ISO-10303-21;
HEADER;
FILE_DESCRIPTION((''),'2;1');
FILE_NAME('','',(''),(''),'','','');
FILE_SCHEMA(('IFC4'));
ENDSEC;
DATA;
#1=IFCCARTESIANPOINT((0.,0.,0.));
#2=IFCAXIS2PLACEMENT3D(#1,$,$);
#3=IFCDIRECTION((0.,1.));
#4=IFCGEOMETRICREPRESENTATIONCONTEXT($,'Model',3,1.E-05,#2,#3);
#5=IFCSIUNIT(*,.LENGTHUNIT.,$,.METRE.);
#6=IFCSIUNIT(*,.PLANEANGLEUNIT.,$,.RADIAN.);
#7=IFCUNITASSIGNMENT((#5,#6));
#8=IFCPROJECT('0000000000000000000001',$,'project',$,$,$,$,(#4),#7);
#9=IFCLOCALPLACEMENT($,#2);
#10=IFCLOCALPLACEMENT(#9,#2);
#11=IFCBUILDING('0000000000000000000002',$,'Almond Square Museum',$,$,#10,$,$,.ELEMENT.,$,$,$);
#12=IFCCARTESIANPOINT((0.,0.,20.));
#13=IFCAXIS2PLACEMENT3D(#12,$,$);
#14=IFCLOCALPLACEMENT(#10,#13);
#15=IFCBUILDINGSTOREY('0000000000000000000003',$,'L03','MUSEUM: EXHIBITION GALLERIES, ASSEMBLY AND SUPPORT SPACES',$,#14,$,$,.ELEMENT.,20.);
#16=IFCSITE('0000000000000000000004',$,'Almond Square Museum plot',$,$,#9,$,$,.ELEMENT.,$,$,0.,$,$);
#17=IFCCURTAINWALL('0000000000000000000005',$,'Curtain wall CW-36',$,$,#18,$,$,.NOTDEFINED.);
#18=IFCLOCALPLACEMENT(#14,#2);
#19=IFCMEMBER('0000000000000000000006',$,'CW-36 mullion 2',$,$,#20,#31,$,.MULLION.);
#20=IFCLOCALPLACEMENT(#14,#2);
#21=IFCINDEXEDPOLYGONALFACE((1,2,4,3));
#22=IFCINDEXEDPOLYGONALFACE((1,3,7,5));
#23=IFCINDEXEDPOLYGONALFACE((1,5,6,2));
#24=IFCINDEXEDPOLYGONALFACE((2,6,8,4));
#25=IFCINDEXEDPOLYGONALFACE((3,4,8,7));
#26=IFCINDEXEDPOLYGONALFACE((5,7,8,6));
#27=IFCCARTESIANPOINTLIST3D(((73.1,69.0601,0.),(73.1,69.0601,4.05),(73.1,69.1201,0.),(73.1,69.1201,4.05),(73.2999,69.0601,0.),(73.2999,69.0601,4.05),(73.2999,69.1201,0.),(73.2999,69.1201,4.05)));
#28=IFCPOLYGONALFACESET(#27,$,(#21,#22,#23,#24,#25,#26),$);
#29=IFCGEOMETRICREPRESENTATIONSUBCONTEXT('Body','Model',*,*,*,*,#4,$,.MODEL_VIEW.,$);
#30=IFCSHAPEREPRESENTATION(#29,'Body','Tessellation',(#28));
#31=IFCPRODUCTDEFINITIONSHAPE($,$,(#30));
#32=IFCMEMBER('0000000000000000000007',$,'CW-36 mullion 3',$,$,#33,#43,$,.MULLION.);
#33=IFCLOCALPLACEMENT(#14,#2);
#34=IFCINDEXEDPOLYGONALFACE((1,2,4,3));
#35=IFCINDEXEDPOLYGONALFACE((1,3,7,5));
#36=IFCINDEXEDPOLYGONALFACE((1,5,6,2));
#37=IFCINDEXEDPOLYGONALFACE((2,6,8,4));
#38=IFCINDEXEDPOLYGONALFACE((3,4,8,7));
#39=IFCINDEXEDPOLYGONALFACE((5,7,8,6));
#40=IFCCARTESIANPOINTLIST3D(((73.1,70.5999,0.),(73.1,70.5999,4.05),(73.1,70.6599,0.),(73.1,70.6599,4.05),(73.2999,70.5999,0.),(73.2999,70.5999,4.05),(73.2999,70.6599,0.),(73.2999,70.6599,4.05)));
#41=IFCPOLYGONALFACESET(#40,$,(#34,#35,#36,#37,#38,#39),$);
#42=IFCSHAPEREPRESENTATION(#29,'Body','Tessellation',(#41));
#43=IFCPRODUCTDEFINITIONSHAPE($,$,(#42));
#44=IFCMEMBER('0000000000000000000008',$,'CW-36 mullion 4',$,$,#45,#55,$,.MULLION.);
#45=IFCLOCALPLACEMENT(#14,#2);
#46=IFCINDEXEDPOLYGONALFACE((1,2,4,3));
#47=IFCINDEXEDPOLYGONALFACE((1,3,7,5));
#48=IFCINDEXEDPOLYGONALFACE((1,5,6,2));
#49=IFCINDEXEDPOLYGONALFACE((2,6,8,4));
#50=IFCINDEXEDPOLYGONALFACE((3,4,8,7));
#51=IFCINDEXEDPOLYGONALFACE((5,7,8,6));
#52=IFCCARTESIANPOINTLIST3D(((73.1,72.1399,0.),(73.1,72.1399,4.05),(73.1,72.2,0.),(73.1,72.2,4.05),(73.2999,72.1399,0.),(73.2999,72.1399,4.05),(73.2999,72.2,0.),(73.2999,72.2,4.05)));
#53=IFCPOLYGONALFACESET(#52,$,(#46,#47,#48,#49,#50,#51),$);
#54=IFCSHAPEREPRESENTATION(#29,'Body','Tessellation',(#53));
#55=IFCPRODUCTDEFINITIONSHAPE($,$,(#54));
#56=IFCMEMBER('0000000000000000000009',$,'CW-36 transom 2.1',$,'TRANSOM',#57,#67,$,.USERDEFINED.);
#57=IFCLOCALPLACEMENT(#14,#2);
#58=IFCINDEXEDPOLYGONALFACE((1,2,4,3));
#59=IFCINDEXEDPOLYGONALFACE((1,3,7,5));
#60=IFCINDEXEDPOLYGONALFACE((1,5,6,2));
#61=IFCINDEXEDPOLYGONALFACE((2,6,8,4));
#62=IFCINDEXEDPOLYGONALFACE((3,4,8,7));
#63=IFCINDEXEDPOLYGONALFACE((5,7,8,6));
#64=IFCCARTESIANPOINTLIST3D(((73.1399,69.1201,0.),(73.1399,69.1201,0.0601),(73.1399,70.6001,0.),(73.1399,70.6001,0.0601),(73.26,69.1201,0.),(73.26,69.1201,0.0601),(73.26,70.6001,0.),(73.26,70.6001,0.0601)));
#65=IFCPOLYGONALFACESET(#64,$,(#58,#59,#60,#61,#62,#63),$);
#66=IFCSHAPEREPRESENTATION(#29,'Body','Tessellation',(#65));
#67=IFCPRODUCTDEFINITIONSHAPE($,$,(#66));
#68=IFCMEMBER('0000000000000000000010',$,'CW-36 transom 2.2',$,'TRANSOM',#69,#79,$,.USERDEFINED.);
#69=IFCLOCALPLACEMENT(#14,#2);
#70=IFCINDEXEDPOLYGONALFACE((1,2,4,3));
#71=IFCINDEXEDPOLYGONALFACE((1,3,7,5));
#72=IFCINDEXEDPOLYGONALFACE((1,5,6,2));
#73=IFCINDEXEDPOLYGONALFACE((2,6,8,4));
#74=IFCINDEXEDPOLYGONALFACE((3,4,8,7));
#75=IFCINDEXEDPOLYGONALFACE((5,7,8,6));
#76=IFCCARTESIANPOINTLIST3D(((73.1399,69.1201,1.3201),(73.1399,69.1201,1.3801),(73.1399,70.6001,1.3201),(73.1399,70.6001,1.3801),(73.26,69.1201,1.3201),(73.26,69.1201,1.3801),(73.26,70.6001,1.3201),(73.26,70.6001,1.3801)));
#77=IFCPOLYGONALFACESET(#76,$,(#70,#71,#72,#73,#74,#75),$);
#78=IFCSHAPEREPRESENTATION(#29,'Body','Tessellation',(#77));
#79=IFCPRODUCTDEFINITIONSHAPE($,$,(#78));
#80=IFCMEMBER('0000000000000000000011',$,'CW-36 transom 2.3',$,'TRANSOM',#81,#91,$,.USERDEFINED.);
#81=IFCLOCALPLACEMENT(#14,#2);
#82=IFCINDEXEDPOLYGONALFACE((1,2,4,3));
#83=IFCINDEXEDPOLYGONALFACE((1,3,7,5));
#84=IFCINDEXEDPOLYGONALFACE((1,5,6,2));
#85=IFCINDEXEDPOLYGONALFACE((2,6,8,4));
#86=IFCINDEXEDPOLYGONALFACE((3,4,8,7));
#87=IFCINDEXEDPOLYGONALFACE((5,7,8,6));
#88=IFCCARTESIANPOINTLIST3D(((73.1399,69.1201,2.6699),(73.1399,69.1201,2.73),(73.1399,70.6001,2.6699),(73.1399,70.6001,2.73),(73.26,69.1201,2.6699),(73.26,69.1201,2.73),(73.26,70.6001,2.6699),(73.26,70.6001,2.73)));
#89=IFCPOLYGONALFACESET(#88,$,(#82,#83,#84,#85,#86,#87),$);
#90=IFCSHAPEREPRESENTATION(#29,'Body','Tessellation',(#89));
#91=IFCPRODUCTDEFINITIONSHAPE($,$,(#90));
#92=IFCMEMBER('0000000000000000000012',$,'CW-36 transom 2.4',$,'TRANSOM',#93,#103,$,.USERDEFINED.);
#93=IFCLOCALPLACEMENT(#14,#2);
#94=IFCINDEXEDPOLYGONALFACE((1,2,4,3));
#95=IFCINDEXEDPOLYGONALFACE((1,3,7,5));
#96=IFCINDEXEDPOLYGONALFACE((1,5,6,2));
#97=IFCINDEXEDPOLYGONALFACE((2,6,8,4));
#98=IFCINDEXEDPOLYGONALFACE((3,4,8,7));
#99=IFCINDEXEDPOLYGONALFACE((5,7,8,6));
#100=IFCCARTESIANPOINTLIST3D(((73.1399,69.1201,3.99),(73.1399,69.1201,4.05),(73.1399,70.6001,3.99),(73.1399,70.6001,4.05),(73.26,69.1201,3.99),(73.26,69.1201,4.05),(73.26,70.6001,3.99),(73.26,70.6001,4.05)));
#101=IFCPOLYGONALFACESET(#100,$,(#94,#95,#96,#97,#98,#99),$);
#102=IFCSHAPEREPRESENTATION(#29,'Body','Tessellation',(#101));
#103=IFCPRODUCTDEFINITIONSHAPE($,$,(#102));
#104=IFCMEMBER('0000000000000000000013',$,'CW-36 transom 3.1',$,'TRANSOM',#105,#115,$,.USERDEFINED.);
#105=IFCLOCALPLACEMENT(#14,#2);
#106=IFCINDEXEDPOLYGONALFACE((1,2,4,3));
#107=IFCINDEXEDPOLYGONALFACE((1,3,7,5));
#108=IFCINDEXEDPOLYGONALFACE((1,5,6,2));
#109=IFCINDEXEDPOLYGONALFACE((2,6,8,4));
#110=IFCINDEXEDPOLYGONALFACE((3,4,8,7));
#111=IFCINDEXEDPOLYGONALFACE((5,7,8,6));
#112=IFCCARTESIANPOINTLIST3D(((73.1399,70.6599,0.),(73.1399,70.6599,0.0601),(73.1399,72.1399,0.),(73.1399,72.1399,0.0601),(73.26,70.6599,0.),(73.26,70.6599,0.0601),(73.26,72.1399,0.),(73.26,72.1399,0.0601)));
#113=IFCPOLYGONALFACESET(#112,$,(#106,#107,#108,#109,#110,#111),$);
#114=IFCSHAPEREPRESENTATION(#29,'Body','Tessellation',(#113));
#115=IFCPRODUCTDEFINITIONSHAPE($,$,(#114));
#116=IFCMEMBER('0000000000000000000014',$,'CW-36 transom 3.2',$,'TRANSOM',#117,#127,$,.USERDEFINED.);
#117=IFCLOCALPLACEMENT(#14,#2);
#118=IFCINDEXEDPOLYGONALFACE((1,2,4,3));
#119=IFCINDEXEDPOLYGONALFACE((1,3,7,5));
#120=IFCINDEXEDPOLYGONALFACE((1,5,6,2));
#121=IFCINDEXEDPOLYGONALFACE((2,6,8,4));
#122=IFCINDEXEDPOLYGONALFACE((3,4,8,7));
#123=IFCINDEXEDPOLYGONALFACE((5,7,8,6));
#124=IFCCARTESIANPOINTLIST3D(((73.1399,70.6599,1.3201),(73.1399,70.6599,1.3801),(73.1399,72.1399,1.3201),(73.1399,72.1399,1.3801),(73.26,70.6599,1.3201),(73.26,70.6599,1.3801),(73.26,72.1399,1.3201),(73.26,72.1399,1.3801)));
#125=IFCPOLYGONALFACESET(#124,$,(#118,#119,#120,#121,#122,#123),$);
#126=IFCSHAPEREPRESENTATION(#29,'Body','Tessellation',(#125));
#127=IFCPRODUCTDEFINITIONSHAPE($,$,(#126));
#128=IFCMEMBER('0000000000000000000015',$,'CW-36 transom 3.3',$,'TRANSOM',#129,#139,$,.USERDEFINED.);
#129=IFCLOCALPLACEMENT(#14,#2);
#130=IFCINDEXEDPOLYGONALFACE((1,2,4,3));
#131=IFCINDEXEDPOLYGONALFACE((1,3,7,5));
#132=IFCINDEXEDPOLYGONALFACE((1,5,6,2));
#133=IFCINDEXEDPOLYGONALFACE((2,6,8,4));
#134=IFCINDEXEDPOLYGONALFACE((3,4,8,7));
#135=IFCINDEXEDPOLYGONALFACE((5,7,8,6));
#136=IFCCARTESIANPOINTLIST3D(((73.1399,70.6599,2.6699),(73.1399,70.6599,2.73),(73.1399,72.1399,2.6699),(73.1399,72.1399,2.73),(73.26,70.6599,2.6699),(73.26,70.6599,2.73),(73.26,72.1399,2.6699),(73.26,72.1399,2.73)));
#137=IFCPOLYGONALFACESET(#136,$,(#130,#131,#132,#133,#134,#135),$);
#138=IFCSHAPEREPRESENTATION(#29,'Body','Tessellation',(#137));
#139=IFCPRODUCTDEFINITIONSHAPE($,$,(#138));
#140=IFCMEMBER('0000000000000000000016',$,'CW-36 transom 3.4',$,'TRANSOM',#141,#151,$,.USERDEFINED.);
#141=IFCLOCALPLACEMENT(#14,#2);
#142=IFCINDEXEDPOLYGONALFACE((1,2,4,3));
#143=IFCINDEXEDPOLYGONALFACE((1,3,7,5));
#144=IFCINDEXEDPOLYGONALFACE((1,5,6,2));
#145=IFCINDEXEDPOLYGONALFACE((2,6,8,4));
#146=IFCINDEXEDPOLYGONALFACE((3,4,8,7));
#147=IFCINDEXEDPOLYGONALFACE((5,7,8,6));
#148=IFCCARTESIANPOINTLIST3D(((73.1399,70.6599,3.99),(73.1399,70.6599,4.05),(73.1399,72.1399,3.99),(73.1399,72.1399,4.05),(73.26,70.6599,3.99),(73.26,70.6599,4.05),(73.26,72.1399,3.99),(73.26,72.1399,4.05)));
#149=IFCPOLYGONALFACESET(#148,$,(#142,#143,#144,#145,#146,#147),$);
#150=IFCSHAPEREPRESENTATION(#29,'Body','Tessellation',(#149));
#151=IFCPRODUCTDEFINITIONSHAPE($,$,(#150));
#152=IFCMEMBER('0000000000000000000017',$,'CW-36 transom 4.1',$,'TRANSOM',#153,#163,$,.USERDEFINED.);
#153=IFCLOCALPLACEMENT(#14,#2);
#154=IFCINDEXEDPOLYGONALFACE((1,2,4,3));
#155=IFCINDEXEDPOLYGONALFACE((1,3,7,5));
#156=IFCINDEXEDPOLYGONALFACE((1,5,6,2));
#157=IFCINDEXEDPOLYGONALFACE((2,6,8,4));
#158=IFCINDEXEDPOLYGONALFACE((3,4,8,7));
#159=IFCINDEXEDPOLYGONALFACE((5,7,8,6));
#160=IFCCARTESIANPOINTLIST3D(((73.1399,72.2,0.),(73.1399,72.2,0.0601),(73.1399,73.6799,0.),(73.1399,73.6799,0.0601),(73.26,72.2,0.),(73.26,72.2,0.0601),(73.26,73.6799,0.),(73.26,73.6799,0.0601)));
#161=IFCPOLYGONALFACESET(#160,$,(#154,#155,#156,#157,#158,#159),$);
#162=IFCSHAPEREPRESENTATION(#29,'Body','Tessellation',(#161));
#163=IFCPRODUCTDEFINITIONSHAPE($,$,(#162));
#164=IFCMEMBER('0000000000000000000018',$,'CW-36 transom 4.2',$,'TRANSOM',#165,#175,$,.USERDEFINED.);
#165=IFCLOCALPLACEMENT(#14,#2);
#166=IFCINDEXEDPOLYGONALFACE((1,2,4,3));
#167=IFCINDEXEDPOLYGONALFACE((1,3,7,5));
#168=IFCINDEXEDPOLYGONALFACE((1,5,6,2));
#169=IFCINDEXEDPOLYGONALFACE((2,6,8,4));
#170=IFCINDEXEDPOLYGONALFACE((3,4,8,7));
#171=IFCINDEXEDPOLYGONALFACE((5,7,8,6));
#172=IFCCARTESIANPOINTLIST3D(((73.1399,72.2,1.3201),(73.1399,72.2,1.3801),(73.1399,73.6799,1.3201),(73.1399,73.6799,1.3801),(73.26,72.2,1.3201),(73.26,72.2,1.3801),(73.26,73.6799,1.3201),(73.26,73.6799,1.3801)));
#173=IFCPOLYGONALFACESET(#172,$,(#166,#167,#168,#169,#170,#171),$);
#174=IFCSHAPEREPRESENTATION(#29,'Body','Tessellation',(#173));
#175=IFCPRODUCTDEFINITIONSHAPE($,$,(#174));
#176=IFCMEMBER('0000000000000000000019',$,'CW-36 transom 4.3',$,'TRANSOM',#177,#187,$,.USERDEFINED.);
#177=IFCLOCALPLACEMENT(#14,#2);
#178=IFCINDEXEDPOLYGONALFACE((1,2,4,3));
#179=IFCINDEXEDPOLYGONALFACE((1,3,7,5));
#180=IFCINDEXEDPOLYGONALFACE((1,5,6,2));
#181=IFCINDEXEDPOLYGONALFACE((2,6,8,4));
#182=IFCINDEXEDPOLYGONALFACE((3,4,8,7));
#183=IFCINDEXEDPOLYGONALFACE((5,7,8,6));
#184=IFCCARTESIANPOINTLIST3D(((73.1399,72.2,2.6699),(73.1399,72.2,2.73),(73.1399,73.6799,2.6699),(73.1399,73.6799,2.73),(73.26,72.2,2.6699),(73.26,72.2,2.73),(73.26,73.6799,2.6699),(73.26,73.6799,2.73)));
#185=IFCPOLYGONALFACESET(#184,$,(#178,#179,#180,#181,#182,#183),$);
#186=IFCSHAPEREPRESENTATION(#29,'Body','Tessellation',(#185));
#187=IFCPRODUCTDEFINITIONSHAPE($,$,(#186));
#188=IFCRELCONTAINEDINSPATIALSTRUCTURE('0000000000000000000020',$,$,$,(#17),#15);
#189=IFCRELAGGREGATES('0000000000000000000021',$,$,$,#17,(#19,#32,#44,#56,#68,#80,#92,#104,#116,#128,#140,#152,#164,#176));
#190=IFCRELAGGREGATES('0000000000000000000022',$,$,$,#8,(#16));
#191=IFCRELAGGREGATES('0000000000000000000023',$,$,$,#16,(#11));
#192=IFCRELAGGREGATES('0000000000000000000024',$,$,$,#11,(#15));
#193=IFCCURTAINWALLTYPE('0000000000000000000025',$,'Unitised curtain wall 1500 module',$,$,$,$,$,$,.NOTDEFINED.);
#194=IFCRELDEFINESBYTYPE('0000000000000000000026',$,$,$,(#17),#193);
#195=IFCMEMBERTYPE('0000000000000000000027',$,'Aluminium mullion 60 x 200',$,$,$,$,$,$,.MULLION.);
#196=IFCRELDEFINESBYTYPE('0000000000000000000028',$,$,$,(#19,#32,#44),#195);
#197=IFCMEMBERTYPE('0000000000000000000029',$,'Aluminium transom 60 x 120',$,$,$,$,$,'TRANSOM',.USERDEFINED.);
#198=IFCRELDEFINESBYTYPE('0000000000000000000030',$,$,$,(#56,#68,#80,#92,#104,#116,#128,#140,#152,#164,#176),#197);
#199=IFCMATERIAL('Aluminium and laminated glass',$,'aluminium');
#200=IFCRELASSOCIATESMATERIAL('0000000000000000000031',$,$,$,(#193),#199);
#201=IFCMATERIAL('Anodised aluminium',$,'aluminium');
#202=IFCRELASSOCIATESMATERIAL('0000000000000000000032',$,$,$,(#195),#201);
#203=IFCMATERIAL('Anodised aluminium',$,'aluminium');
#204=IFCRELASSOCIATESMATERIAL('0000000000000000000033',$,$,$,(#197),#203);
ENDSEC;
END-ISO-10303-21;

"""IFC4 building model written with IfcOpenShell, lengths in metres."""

from ifc_helpers import new_model, si_unit, direction, frame, origin, origin_2d, place, context, subcontext, project, spatial, rectangle, extrude, material, material_profile, profile_set, type_object, element, aggregate, save


model = new_model("IFC4")

# Units and contexts
model_context = context("Model", 3, precision=1e-05, world=origin(), true_north=direction((0.0, 1.0)))
body_context = subcontext(model_context, "Body", "Model", "MODEL_VIEW")
ifc_project = project(units=[si_unit("LENGTHUNIT", "METRE"), si_unit("PLANEANGLEUNIT", "RADIAN")], contexts=[model_context])

# Site, building, storey
site_placement = place(None, origin())
site = spatial("IfcSite", under=ifc_project, at=site_placement, Name="Almond Square Museum plot", CompositionType="ELEMENT", RefElevation=0.0)
building_placement = place(site_placement, origin())
building = spatial("IfcBuilding", under=site, at=building_placement, Name="Almond Square Museum", CompositionType="ELEMENT")
storey_placement = place(building_placement, frame((0.0, 0.0, 20.0)))
storey = spatial("IfcBuildingStorey", under=building, at=storey_placement, Name="L03", Description="MUSEUM: EXHIBITION GALLERIES, ASSEMBLY AND SUPPORT SPACES", CompositionType="ELEMENT", Elevation=20.0)

# Curtain wall, members
ifc_material_1 = material(Name="Aluminium and laminated glass", Category="aluminium")
curtain_wall_type = type_object("IfcCurtainWallType", Name="Unitised curtain wall 1500 module", PredefinedType="NOTDEFINED", material=ifc_material_1)
curtain_wall_placement = place(storey_placement, origin())
curtain_wall = element("IfcCurtainWall", 1, at=curtain_wall_placement, inside=storey, type_object=curtain_wall_type, Name="Curtain wall CW-36", PredefinedType="NOTDEFINED")
ifc_material_2 = material(Name="Anodised aluminium", Category="aluminium")
ifc_material_profile_1 = material_profile(ifc_material_2, rectangle(XDim=0.2, YDim=0.0601, at=origin_2d()))
ifc_profile_set_1 = profile_set([ifc_material_profile_1], Name="Anodised aluminium")
member_type_1 = type_object("IfcMemberType", Name="Aluminium mullion 60 x 200", PredefinedType="MULLION", material=ifc_profile_set_1)
member_1_placement = place(storey_placement, frame((73.2, 69.0901, 0.0), z_axis=(0.0, 0.0, 1.0), x_axis=(-1.0, 0.0, 0.0)))
member_1 = element("IfcMember", 2, at=member_1_placement, type_object=member_type_1, Name="CW-36 mullion 2", PredefinedType="MULLION", context=body_context, shape_type="SweptSolid", body=[
    extrude(rectangle(XDim=0.2, YDim=0.0601, at=origin_2d()), origin(), (0.0, 0.0, 1.0), 4.05),
])
member_2_placement = place(storey_placement, frame((73.2, 70.6299, 0.0), z_axis=(0.0, 0.0, 1.0), x_axis=(-1.0, 0.0, 0.0)))
member_2 = element("IfcMember", 3, at=member_2_placement, type_object=member_type_1, Name="CW-36 mullion 3", PredefinedType="MULLION", context=body_context, shape_type="SweptSolid", body=[
    extrude(rectangle(XDim=0.2, YDim=0.0601, at=origin_2d()), origin(), (0.0, 0.0, 1.0), 4.05),
])
member_3_placement = place(storey_placement, frame((73.2, 72.1699, 0.0), z_axis=(0.0, 0.0, 1.0), x_axis=(-1.0, 0.0, 0.0)))
member_3 = element("IfcMember", 4, at=member_3_placement, type_object=member_type_1, Name="CW-36 mullion 4", PredefinedType="MULLION", context=body_context, shape_type="SweptSolid", body=[
    extrude(rectangle(XDim=0.2, YDim=0.0601, at=origin_2d()), origin(), (0.0, 0.0, 1.0), 4.05),
])
ifc_material_3 = material(Name="Anodised aluminium", Category="aluminium")
ifc_material_profile_2 = material_profile(ifc_material_3, rectangle(XDim=0.1201, YDim=0.0601, at=origin_2d()))
ifc_profile_set_2 = profile_set([ifc_material_profile_2], Name="Anodised aluminium")
member_type_2 = type_object("IfcMemberType", Name="Aluminium transom 60 x 120", ElementType="TRANSOM", PredefinedType="USERDEFINED", material=ifc_profile_set_2)
member_4_placement = place(storey_placement, frame((73.2, 69.1201, 0.03), z_axis=(0.0, 1.0, 0.0), x_axis=(-1.0, 0.0, 0.0)))
member_4 = element("IfcMember", 5, at=member_4_placement, type_object=member_type_2, Name="CW-36 transom 2.1", ObjectType="TRANSOM", PredefinedType="USERDEFINED", context=body_context, shape_type="SweptSolid", body=[
    extrude(rectangle(XDim=0.1201, YDim=0.0601, at=origin_2d()), origin(), (0.0, 0.0, 1.0), 1.48),
])
member_5_placement = place(storey_placement, frame((73.2, 69.1201, 1.3501), z_axis=(0.0, 1.0, 0.0), x_axis=(-1.0, 0.0, 0.0)))
member_5 = element("IfcMember", 6, at=member_5_placement, type_object=member_type_2, Name="CW-36 transom 2.2", ObjectType="TRANSOM", PredefinedType="USERDEFINED", context=body_context, shape_type="SweptSolid", body=[
    extrude(rectangle(XDim=0.1201, YDim=0.0601, at=origin_2d()), origin(), (0.0, 0.0, 1.0), 1.48),
])
member_6_placement = place(storey_placement, frame((73.2, 69.1201, 2.7), z_axis=(0.0, 1.0, 0.0), x_axis=(-1.0, 0.0, 0.0)))
member_6 = element("IfcMember", 7, at=member_6_placement, type_object=member_type_2, Name="CW-36 transom 2.3", ObjectType="TRANSOM", PredefinedType="USERDEFINED", context=body_context, shape_type="SweptSolid", body=[
    extrude(rectangle(XDim=0.1201, YDim=0.0601, at=origin_2d()), origin(), (0.0, 0.0, 1.0), 1.48),
])
member_7_placement = place(storey_placement, frame((73.2, 69.1201, 4.02), z_axis=(0.0, 1.0, 0.0), x_axis=(-1.0, 0.0, 0.0)))
member_7 = element("IfcMember", 8, at=member_7_placement, type_object=member_type_2, Name="CW-36 transom 2.4", ObjectType="TRANSOM", PredefinedType="USERDEFINED", context=body_context, shape_type="SweptSolid", body=[
    extrude(rectangle(XDim=0.1201, YDim=0.0601, at=origin_2d()), origin(), (0.0, 0.0, 1.0), 1.48),
])
member_8_placement = place(storey_placement, frame((73.2, 70.6599, 0.03), z_axis=(0.0, 1.0, 0.0), x_axis=(-1.0, 0.0, 0.0)))
member_8 = element("IfcMember", 9, at=member_8_placement, type_object=member_type_2, Name="CW-36 transom 3.1", ObjectType="TRANSOM", PredefinedType="USERDEFINED", context=body_context, shape_type="SweptSolid", body=[
    extrude(rectangle(XDim=0.1201, YDim=0.0601, at=origin_2d()), origin(), (0.0, 0.0, 1.0), 1.48),
])
member_9_placement = place(storey_placement, frame((73.2, 70.6599, 1.3501), z_axis=(0.0, 1.0, 0.0), x_axis=(-1.0, 0.0, 0.0)))
member_9 = element("IfcMember", 10, at=member_9_placement, type_object=member_type_2, Name="CW-36 transom 3.2", ObjectType="TRANSOM", PredefinedType="USERDEFINED", context=body_context, shape_type="SweptSolid", body=[
    extrude(rectangle(XDim=0.1201, YDim=0.0601, at=origin_2d()), origin(), (0.0, 0.0, 1.0), 1.48),
])
member_10_placement = place(storey_placement, frame((73.2, 70.6599, 2.7), z_axis=(0.0, 1.0, 0.0), x_axis=(-1.0, 0.0, 0.0)))
member_10 = element("IfcMember", 11, at=member_10_placement, type_object=member_type_2, Name="CW-36 transom 3.3", ObjectType="TRANSOM", PredefinedType="USERDEFINED", context=body_context, shape_type="SweptSolid", body=[
    extrude(rectangle(XDim=0.1201, YDim=0.0601, at=origin_2d()), origin(), (0.0, 0.0, 1.0), 1.48),
])
member_11_placement = place(storey_placement, frame((73.2, 70.6599, 4.02), z_axis=(0.0, 1.0, 0.0), x_axis=(-1.0, 0.0, 0.0)))
member_11 = element("IfcMember", 12, at=member_11_placement, type_object=member_type_2, Name="CW-36 transom 3.4", ObjectType="TRANSOM", PredefinedType="USERDEFINED", context=body_context, shape_type="SweptSolid", body=[
    extrude(rectangle(XDim=0.1201, YDim=0.0601, at=origin_2d()), origin(), (0.0, 0.0, 1.0), 1.48),
])
member_12_placement = place(storey_placement, frame((73.2, 72.2, 0.03), z_axis=(0.0, 1.0, 0.0), x_axis=(-1.0, 0.0, 0.0)))
member_12 = element("IfcMember", 13, at=member_12_placement, type_object=member_type_2, Name="CW-36 transom 4.1", ObjectType="TRANSOM", PredefinedType="USERDEFINED", context=body_context, shape_type="SweptSolid", body=[
    extrude(rectangle(XDim=0.1201, YDim=0.0601, at=origin_2d()), origin(), (0.0, 0.0, 1.0), 1.48),
])
member_13_placement = place(storey_placement, frame((73.2, 72.2, 1.3501), z_axis=(0.0, 1.0, 0.0), x_axis=(-1.0, 0.0, 0.0)))
member_13 = element("IfcMember", 14, at=member_13_placement, type_object=member_type_2, Name="CW-36 transom 4.2", ObjectType="TRANSOM", PredefinedType="USERDEFINED", context=body_context, shape_type="SweptSolid", body=[
    extrude(rectangle(XDim=0.1201, YDim=0.0601, at=origin_2d()), origin(), (0.0, 0.0, 1.0), 1.48),
])
member_14_placement = place(storey_placement, frame((73.2, 72.2, 2.7), z_axis=(0.0, 1.0, 0.0), x_axis=(-1.0, 0.0, 0.0)))
member_14 = element("IfcMember", 15, at=member_14_placement, type_object=member_type_2, Name="CW-36 transom 4.3", ObjectType="TRANSOM", PredefinedType="USERDEFINED", context=body_context, shape_type="SweptSolid", body=[
    extrude(rectangle(XDim=0.1201, YDim=0.0601, at=origin_2d()), origin(), (0.0, 0.0, 1.0), 1.48),
])
aggregate(curtain_wall, [member_1, member_2, member_3, member_4, member_5, member_6, member_7, member_8, member_9, member_10, member_11, member_12, member_13, member_14])

save(model, "model.ifc")
